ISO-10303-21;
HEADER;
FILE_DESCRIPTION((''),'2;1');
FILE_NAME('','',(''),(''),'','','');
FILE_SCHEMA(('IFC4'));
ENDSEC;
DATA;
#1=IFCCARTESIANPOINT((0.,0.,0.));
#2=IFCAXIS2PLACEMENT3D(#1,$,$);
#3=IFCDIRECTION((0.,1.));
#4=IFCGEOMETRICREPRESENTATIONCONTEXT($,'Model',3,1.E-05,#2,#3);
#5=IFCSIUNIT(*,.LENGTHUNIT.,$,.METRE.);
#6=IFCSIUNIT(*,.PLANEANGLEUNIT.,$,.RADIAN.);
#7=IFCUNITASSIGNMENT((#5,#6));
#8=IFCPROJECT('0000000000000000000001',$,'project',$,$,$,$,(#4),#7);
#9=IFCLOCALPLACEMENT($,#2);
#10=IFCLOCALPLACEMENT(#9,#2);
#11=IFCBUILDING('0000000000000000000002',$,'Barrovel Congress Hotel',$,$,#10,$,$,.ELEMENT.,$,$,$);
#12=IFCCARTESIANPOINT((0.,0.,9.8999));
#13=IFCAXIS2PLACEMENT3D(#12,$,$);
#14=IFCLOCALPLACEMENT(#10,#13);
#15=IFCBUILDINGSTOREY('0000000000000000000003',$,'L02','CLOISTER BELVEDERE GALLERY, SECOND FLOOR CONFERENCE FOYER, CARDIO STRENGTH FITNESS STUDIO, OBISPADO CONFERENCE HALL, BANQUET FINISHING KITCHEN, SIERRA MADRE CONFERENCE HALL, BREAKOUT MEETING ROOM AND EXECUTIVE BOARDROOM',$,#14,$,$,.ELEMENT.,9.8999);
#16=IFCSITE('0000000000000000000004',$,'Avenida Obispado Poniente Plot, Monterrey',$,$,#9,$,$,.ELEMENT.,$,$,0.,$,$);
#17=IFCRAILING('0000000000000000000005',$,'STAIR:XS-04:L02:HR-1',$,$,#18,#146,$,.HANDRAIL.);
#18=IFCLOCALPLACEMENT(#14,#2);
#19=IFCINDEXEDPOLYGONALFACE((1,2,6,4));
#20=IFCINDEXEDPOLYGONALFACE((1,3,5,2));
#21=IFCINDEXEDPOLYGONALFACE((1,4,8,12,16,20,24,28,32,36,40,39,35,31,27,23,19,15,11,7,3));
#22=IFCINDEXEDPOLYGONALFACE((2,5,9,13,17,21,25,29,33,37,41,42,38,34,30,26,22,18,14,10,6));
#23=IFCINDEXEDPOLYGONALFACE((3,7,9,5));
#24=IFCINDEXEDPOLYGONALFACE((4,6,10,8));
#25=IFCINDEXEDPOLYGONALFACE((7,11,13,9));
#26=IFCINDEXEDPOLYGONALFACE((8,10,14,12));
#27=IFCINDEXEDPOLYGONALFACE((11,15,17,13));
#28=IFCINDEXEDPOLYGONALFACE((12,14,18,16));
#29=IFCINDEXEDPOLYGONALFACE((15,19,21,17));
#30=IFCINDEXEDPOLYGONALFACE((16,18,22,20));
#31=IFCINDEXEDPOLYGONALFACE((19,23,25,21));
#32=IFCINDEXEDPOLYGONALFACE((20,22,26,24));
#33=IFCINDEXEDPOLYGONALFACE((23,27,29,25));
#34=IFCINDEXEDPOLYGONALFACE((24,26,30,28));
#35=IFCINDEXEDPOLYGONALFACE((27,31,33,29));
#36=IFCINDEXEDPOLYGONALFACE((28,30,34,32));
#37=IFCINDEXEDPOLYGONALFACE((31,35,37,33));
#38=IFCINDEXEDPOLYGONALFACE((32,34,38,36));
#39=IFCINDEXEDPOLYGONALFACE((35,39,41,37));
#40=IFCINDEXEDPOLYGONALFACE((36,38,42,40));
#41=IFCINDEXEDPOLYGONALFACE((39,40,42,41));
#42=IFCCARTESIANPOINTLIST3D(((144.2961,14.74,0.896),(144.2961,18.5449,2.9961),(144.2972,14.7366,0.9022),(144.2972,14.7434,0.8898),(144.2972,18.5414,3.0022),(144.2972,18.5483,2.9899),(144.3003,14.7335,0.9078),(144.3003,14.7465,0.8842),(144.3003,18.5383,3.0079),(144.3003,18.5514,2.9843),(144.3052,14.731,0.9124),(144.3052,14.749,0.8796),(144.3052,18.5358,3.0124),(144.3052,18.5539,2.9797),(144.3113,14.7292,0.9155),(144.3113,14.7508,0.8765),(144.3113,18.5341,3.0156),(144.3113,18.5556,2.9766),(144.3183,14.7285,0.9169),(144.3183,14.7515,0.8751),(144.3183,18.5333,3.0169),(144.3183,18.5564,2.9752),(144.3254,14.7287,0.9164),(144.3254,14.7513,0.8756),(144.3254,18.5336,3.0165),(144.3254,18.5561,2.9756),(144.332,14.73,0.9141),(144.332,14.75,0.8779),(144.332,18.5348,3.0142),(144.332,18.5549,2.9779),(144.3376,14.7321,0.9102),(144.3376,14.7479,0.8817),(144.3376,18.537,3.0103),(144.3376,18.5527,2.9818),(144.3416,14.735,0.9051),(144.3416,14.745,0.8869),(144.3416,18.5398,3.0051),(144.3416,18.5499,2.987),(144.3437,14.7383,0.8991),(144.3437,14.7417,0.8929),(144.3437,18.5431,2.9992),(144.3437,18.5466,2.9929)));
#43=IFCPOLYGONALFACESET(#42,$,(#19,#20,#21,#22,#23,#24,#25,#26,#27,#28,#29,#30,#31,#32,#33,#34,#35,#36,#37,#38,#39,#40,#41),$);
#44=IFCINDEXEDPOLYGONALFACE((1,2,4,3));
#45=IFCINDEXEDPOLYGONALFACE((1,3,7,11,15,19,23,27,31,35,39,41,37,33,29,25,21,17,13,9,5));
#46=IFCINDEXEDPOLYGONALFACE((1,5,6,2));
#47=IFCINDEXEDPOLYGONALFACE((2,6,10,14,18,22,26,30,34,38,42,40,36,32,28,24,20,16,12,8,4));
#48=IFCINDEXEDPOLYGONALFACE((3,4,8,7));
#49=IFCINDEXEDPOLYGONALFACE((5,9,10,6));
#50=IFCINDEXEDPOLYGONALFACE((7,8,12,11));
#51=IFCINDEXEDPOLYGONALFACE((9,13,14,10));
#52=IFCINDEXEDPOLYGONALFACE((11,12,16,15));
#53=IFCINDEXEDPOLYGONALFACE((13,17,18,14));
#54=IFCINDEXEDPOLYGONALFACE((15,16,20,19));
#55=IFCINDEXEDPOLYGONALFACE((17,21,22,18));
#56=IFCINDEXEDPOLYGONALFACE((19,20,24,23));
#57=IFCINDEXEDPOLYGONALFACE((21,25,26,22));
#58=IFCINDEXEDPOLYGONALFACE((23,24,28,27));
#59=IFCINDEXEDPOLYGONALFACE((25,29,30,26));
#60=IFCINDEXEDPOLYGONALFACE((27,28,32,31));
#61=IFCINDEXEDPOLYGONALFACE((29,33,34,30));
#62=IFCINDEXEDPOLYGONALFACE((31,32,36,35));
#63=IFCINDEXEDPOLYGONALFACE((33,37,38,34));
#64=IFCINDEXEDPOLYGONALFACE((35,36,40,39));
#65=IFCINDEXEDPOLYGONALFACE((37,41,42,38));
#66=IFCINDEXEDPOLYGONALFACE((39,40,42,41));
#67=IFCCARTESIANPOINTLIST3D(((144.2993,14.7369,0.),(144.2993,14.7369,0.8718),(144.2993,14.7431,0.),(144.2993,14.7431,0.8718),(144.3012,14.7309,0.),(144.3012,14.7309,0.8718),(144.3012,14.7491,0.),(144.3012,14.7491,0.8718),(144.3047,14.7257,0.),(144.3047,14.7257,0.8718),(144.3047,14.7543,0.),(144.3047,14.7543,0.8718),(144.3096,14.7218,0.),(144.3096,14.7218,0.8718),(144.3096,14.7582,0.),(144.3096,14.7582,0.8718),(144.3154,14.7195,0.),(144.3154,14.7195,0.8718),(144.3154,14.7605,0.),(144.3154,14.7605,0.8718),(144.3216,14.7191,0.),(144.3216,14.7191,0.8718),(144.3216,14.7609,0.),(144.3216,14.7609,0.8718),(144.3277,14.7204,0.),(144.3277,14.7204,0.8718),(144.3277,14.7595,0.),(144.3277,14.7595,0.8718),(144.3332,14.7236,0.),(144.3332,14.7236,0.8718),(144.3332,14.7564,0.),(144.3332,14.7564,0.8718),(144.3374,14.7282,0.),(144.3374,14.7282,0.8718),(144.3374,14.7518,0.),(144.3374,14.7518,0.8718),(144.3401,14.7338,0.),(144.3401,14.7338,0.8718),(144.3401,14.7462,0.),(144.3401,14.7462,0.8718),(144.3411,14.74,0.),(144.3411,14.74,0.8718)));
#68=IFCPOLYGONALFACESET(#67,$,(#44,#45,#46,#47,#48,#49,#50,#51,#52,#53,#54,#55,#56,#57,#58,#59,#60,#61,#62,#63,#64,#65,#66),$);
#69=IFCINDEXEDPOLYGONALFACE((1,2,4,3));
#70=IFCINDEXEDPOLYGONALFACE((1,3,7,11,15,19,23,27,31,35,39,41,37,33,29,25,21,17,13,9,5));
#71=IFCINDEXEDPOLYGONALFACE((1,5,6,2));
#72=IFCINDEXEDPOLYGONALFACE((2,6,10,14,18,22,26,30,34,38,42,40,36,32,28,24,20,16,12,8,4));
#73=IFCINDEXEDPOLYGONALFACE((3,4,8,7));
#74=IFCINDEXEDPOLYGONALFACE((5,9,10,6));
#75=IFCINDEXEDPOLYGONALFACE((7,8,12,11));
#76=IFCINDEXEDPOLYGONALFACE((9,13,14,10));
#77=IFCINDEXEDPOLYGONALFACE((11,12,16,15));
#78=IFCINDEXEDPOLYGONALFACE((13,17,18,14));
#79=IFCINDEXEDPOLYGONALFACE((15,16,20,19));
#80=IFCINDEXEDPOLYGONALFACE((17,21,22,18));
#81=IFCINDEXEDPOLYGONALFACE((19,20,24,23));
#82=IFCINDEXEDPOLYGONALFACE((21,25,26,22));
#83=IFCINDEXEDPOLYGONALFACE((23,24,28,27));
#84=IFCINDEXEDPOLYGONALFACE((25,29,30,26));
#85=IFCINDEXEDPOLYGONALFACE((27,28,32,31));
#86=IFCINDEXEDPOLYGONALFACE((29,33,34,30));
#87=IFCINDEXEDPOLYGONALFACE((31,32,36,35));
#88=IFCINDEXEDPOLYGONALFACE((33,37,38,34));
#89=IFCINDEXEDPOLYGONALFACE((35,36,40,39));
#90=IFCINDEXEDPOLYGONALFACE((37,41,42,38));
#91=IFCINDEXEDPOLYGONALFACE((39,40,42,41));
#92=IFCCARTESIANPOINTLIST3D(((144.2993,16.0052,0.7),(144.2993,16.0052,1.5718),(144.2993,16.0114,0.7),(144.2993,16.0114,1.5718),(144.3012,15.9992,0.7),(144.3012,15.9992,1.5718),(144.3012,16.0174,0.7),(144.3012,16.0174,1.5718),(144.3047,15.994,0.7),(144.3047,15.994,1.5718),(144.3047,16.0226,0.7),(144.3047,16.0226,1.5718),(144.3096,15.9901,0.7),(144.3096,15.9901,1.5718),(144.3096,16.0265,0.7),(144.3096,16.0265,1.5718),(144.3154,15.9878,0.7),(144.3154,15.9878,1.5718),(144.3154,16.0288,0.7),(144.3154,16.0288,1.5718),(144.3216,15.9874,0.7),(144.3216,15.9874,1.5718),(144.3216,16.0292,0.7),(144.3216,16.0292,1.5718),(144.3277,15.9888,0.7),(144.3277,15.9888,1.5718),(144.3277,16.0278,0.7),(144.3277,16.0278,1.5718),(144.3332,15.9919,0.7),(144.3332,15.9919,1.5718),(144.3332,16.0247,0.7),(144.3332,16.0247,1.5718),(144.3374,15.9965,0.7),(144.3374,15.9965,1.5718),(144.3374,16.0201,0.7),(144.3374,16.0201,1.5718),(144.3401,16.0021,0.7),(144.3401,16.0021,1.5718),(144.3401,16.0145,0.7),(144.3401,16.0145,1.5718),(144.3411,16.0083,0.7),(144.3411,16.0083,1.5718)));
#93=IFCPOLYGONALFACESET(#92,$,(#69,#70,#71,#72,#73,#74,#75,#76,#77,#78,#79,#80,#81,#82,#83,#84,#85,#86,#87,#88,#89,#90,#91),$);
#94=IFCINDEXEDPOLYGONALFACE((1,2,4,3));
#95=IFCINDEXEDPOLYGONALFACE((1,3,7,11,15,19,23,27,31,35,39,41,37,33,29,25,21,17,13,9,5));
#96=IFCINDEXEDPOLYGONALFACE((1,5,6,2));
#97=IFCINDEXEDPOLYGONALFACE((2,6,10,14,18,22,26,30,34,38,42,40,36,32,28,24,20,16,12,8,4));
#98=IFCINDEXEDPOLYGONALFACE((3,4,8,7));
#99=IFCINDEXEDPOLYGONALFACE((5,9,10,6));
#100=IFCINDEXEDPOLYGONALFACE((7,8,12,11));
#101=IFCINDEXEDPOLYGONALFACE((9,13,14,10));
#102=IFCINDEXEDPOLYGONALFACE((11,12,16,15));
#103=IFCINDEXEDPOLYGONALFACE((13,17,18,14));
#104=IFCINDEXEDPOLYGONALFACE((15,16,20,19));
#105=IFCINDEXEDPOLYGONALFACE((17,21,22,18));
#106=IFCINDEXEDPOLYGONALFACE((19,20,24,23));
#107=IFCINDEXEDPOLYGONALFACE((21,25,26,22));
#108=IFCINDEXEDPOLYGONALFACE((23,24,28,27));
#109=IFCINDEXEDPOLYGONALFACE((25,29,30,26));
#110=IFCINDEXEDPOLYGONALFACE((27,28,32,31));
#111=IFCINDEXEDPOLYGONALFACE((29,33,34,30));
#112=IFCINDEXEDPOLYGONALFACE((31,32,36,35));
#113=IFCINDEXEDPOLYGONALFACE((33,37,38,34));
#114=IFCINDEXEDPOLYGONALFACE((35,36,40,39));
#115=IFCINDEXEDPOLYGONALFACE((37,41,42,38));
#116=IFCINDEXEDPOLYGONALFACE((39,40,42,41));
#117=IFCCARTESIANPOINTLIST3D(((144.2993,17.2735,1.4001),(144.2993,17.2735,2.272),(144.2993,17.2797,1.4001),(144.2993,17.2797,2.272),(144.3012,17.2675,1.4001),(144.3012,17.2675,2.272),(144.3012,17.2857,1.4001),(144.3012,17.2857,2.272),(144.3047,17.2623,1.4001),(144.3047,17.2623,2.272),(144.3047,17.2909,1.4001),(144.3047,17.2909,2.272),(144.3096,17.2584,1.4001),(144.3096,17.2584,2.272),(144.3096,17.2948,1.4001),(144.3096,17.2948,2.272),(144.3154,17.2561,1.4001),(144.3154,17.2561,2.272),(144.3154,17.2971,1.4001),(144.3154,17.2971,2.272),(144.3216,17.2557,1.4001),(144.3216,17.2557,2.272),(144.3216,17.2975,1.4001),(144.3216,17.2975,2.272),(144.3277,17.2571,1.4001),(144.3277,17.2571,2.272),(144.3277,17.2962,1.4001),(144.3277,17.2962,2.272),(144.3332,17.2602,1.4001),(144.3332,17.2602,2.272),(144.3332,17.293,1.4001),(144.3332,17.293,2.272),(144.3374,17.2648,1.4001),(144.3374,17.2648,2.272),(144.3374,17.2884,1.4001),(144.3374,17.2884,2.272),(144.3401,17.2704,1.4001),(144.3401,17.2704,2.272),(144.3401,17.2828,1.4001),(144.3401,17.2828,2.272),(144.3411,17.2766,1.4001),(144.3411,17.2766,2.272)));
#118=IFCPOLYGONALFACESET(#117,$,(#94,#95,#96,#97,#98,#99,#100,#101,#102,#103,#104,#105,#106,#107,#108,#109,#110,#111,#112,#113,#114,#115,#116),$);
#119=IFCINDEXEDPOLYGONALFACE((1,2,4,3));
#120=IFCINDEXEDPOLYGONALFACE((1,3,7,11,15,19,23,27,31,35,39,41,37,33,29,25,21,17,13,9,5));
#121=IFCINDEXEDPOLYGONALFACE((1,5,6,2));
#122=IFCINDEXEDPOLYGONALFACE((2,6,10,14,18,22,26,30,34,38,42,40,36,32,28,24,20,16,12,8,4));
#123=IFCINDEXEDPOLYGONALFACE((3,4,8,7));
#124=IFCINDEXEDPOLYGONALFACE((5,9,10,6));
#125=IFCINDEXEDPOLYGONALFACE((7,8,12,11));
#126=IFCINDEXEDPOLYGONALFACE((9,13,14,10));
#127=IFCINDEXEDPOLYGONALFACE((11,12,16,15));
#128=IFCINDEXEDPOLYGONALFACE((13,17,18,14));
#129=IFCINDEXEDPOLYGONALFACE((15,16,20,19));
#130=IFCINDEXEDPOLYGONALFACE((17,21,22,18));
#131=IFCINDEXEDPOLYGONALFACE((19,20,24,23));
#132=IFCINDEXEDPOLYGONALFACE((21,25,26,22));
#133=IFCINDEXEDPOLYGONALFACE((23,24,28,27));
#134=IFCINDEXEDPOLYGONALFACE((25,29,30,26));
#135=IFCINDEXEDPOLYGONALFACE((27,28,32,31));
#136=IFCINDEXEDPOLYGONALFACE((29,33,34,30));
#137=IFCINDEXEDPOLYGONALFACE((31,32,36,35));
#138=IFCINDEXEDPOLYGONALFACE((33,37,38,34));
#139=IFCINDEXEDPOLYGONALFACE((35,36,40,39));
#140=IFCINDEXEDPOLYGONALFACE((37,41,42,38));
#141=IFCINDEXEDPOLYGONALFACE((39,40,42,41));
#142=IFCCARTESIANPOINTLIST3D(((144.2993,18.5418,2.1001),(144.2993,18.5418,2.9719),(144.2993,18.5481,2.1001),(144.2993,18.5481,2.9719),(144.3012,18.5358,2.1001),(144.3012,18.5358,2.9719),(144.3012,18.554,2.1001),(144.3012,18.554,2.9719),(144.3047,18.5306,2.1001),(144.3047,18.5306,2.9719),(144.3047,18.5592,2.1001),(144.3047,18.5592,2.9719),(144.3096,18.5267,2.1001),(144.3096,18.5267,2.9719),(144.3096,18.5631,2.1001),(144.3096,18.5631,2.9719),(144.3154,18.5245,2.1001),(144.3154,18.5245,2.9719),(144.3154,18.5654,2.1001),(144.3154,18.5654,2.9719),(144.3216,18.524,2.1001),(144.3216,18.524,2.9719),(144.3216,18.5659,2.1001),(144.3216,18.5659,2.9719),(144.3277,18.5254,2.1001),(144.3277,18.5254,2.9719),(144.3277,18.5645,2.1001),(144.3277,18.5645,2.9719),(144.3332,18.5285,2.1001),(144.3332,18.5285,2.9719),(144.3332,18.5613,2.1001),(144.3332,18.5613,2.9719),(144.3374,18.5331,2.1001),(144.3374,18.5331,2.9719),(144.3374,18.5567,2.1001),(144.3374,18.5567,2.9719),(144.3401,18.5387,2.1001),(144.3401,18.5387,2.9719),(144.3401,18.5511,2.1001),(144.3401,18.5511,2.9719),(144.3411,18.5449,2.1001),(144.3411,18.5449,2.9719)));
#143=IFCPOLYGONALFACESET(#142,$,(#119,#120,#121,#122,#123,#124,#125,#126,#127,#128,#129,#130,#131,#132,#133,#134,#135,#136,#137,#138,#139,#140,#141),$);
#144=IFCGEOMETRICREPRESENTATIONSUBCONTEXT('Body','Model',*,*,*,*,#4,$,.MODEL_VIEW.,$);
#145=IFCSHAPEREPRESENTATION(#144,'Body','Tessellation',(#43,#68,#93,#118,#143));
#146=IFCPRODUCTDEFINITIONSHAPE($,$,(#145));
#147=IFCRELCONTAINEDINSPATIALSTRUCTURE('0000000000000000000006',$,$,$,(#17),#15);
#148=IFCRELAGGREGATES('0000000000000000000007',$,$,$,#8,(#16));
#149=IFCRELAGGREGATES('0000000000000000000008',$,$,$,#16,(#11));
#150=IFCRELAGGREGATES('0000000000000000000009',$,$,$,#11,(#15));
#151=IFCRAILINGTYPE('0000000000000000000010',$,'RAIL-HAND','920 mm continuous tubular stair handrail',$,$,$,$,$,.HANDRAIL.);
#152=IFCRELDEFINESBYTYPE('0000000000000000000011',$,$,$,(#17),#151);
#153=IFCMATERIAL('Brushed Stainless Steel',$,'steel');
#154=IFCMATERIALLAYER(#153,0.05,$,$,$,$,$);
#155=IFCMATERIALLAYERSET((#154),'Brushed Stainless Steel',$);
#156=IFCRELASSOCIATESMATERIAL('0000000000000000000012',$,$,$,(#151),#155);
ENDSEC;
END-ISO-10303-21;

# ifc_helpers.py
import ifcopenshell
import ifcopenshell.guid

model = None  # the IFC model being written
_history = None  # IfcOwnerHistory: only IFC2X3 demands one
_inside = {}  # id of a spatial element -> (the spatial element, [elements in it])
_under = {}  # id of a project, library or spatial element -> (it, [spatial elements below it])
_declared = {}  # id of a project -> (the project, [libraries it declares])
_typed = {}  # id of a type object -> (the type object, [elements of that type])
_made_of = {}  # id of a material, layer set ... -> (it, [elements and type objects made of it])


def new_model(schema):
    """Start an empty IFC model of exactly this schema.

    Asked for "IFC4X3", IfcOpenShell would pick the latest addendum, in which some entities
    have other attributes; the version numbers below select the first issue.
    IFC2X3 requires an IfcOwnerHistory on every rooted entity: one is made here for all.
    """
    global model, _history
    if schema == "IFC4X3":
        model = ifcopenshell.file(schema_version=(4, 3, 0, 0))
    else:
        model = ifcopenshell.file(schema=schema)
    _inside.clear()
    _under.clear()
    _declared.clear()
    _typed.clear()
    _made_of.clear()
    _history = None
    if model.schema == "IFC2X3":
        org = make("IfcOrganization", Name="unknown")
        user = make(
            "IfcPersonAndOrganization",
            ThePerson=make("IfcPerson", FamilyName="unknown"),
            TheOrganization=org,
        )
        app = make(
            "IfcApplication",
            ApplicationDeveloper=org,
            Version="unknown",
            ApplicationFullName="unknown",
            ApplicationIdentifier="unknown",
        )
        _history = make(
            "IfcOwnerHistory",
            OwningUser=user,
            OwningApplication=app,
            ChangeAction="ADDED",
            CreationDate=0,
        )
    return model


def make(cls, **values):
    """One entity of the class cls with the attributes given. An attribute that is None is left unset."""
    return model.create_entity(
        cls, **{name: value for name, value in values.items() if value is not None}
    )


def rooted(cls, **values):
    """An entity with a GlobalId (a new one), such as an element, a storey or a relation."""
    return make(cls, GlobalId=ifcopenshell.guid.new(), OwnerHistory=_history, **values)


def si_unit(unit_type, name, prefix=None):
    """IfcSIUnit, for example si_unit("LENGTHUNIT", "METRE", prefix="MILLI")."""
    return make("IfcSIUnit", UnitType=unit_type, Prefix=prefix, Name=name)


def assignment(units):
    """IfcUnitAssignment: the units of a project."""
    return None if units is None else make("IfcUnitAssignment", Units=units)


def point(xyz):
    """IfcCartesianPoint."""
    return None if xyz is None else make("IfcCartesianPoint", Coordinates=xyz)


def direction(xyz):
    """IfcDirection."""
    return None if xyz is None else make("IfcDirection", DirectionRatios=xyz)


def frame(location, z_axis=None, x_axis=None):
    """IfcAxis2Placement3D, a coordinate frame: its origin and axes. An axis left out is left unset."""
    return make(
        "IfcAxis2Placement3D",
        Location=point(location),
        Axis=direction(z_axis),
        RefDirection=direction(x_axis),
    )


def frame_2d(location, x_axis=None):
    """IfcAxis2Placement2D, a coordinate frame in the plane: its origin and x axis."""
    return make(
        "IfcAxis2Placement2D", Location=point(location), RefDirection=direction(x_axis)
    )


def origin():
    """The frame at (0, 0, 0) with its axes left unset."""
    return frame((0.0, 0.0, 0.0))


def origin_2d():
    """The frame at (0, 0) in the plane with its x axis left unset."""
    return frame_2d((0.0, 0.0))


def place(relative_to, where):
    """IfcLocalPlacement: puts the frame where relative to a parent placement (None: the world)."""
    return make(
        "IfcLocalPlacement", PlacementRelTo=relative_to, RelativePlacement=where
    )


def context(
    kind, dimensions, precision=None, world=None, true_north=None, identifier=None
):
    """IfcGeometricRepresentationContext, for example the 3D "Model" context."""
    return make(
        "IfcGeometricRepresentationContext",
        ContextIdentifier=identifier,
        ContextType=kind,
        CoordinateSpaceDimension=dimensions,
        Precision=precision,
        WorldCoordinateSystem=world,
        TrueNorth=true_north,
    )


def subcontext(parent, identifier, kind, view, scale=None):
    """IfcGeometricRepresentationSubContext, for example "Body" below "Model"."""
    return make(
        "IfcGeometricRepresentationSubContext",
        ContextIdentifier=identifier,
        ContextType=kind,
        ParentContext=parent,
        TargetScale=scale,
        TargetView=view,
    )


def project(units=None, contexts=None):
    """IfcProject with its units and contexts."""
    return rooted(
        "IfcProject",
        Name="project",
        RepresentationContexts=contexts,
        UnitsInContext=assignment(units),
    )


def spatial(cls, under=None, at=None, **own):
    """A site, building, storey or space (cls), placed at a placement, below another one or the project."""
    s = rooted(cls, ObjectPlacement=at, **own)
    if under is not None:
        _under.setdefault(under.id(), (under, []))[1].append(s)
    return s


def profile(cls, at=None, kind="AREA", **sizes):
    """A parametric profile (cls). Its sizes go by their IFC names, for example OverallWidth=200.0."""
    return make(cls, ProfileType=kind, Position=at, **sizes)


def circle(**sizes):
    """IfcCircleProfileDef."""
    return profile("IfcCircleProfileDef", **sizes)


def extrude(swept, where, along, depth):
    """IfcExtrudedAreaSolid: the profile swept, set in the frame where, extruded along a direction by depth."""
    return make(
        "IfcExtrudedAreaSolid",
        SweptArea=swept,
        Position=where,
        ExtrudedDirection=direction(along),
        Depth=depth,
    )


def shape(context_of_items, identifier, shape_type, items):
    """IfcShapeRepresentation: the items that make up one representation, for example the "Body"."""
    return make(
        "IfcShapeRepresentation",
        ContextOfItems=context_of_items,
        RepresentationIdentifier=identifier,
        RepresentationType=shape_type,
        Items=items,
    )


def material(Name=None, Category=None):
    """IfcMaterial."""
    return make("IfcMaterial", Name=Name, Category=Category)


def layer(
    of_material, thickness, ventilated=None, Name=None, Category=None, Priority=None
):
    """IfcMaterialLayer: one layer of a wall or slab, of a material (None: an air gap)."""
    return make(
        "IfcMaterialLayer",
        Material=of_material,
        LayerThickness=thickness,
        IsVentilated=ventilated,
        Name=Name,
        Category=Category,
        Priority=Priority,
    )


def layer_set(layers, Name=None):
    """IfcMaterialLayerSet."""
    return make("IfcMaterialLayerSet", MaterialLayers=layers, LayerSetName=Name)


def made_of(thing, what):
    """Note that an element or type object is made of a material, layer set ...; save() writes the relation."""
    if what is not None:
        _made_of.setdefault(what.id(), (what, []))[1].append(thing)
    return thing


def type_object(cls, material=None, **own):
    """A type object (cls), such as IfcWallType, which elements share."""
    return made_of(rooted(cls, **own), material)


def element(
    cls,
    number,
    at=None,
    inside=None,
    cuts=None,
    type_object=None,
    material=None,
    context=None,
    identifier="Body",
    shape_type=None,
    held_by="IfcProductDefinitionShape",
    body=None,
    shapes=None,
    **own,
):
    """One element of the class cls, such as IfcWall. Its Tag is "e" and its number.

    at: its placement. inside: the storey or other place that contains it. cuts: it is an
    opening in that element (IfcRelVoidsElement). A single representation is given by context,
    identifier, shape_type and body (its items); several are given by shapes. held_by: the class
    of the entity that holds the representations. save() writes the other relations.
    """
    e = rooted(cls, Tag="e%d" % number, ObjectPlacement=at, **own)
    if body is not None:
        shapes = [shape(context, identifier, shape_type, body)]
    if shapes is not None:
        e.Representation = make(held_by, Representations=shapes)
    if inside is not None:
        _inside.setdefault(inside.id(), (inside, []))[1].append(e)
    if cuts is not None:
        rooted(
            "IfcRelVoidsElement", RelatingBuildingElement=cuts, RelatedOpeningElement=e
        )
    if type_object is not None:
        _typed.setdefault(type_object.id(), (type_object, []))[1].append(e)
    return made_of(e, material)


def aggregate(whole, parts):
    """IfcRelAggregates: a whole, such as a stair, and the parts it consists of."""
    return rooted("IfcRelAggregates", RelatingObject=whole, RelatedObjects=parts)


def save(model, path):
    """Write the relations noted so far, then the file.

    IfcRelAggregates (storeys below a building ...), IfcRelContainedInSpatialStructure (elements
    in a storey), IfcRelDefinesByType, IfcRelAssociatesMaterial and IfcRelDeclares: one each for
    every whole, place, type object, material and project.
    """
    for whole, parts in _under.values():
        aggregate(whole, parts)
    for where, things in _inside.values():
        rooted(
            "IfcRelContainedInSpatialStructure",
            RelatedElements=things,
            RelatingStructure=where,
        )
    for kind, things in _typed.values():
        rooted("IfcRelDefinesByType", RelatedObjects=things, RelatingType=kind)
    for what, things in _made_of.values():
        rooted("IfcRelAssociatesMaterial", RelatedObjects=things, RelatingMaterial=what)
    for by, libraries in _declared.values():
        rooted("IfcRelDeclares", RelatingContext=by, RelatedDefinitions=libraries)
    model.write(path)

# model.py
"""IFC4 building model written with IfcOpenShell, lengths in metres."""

from ifc_helpers import new_model, si_unit, direction, frame, origin, origin_2d, place, context, subcontext, project, spatial, circle, extrude, material, layer, layer_set, type_object, element, save


model = new_model("IFC4")

# Units and contexts
model_context = context("Model", 3, precision=1e-05, world=origin(), true_north=direction((0.0, 1.0)))
body_context = subcontext(model_context, "Body", "Model", "MODEL_VIEW")
ifc_project = project(units=[si_unit("LENGTHUNIT", "METRE"), si_unit("PLANEANGLEUNIT", "RADIAN")], contexts=[model_context])

# Site, building, storey
site_placement = place(None, origin())
site = spatial("IfcSite", under=ifc_project, at=site_placement, Name="Avenida Obispado Poniente Plot, Monterrey", CompositionType="ELEMENT", RefElevation=0.0)
building_placement = place(site_placement, origin())
building = spatial("IfcBuilding", under=site, at=building_placement, Name="Barrovel Congress Hotel", CompositionType="ELEMENT")
storey_placement = place(building_placement, frame((0.0, 0.0, 9.8999)))
storey = spatial("IfcBuildingStorey", under=building, at=storey_placement, Name="L02", Description="CLOISTER BELVEDERE GALLERY, SECOND FLOOR CONFERENCE FOYER, CARDIO STRENGTH FITNESS STUDIO, OBISPADO CONFERENCE HALL, BANQUET FINISHING KITCHEN, SIERRA MADRE CONFERENCE HALL, BREAKOUT MEETING ROOM AND EXECUTIVE BOARDROOM", CompositionType="ELEMENT", Elevation=9.8999)

# Railing
ifc_material_1 = material(Name="Brushed Stainless Steel", Category="steel")
ifc_layer_1 = layer(ifc_material_1, 0.05)
ifc_layer_set_1 = layer_set([ifc_layer_1], Name="Brushed Stainless Steel")
railing_type_1 = type_object("IfcRailingType", Name="RAIL-HAND", Description="920 mm continuous tubular stair handrail", PredefinedType="HANDRAIL", material=ifc_layer_set_1)
railing_1_placement = place(storey_placement, frame((144.3201, 14.74, 0.0)))
element("IfcRailing", 1, at=railing_1_placement, inside=storey, type_object=railing_type_1, Name="STAIR:XS-04:L02:HR-1", PredefinedType="HANDRAIL", context=body_context, shape_type="SweptSolid", body=[
    extrude(circle(Radius=0.0239, at=origin_2d()), frame((0.0, 0.0, 0.896), z_axis=(0.0, 0.875497, 0.483223), x_axis=(-1.0, 0.0, 0.0)), (0.0, 0.0, 1.0), 4.3459),
    extrude(circle(Radius=0.021, at=origin_2d()), origin(), (0.0, 0.0, 1.0), 0.8718),
    extrude(circle(Radius=0.021, at=origin_2d()), frame((0.0, 1.2683, 0.7)), (0.0, 0.0, 1.0), 0.8718),
    extrude(circle(Radius=0.021, at=origin_2d()), frame((0.0, 2.5366, 1.4001)), (0.0, 0.0, 1.0), 0.8718),
    extrude(circle(Radius=0.021, at=origin_2d()), frame((0.0, 3.8049, 2.1001)), (0.0, 0.0, 1.0), 0.8718),
])

save(model, "model.ifc")
